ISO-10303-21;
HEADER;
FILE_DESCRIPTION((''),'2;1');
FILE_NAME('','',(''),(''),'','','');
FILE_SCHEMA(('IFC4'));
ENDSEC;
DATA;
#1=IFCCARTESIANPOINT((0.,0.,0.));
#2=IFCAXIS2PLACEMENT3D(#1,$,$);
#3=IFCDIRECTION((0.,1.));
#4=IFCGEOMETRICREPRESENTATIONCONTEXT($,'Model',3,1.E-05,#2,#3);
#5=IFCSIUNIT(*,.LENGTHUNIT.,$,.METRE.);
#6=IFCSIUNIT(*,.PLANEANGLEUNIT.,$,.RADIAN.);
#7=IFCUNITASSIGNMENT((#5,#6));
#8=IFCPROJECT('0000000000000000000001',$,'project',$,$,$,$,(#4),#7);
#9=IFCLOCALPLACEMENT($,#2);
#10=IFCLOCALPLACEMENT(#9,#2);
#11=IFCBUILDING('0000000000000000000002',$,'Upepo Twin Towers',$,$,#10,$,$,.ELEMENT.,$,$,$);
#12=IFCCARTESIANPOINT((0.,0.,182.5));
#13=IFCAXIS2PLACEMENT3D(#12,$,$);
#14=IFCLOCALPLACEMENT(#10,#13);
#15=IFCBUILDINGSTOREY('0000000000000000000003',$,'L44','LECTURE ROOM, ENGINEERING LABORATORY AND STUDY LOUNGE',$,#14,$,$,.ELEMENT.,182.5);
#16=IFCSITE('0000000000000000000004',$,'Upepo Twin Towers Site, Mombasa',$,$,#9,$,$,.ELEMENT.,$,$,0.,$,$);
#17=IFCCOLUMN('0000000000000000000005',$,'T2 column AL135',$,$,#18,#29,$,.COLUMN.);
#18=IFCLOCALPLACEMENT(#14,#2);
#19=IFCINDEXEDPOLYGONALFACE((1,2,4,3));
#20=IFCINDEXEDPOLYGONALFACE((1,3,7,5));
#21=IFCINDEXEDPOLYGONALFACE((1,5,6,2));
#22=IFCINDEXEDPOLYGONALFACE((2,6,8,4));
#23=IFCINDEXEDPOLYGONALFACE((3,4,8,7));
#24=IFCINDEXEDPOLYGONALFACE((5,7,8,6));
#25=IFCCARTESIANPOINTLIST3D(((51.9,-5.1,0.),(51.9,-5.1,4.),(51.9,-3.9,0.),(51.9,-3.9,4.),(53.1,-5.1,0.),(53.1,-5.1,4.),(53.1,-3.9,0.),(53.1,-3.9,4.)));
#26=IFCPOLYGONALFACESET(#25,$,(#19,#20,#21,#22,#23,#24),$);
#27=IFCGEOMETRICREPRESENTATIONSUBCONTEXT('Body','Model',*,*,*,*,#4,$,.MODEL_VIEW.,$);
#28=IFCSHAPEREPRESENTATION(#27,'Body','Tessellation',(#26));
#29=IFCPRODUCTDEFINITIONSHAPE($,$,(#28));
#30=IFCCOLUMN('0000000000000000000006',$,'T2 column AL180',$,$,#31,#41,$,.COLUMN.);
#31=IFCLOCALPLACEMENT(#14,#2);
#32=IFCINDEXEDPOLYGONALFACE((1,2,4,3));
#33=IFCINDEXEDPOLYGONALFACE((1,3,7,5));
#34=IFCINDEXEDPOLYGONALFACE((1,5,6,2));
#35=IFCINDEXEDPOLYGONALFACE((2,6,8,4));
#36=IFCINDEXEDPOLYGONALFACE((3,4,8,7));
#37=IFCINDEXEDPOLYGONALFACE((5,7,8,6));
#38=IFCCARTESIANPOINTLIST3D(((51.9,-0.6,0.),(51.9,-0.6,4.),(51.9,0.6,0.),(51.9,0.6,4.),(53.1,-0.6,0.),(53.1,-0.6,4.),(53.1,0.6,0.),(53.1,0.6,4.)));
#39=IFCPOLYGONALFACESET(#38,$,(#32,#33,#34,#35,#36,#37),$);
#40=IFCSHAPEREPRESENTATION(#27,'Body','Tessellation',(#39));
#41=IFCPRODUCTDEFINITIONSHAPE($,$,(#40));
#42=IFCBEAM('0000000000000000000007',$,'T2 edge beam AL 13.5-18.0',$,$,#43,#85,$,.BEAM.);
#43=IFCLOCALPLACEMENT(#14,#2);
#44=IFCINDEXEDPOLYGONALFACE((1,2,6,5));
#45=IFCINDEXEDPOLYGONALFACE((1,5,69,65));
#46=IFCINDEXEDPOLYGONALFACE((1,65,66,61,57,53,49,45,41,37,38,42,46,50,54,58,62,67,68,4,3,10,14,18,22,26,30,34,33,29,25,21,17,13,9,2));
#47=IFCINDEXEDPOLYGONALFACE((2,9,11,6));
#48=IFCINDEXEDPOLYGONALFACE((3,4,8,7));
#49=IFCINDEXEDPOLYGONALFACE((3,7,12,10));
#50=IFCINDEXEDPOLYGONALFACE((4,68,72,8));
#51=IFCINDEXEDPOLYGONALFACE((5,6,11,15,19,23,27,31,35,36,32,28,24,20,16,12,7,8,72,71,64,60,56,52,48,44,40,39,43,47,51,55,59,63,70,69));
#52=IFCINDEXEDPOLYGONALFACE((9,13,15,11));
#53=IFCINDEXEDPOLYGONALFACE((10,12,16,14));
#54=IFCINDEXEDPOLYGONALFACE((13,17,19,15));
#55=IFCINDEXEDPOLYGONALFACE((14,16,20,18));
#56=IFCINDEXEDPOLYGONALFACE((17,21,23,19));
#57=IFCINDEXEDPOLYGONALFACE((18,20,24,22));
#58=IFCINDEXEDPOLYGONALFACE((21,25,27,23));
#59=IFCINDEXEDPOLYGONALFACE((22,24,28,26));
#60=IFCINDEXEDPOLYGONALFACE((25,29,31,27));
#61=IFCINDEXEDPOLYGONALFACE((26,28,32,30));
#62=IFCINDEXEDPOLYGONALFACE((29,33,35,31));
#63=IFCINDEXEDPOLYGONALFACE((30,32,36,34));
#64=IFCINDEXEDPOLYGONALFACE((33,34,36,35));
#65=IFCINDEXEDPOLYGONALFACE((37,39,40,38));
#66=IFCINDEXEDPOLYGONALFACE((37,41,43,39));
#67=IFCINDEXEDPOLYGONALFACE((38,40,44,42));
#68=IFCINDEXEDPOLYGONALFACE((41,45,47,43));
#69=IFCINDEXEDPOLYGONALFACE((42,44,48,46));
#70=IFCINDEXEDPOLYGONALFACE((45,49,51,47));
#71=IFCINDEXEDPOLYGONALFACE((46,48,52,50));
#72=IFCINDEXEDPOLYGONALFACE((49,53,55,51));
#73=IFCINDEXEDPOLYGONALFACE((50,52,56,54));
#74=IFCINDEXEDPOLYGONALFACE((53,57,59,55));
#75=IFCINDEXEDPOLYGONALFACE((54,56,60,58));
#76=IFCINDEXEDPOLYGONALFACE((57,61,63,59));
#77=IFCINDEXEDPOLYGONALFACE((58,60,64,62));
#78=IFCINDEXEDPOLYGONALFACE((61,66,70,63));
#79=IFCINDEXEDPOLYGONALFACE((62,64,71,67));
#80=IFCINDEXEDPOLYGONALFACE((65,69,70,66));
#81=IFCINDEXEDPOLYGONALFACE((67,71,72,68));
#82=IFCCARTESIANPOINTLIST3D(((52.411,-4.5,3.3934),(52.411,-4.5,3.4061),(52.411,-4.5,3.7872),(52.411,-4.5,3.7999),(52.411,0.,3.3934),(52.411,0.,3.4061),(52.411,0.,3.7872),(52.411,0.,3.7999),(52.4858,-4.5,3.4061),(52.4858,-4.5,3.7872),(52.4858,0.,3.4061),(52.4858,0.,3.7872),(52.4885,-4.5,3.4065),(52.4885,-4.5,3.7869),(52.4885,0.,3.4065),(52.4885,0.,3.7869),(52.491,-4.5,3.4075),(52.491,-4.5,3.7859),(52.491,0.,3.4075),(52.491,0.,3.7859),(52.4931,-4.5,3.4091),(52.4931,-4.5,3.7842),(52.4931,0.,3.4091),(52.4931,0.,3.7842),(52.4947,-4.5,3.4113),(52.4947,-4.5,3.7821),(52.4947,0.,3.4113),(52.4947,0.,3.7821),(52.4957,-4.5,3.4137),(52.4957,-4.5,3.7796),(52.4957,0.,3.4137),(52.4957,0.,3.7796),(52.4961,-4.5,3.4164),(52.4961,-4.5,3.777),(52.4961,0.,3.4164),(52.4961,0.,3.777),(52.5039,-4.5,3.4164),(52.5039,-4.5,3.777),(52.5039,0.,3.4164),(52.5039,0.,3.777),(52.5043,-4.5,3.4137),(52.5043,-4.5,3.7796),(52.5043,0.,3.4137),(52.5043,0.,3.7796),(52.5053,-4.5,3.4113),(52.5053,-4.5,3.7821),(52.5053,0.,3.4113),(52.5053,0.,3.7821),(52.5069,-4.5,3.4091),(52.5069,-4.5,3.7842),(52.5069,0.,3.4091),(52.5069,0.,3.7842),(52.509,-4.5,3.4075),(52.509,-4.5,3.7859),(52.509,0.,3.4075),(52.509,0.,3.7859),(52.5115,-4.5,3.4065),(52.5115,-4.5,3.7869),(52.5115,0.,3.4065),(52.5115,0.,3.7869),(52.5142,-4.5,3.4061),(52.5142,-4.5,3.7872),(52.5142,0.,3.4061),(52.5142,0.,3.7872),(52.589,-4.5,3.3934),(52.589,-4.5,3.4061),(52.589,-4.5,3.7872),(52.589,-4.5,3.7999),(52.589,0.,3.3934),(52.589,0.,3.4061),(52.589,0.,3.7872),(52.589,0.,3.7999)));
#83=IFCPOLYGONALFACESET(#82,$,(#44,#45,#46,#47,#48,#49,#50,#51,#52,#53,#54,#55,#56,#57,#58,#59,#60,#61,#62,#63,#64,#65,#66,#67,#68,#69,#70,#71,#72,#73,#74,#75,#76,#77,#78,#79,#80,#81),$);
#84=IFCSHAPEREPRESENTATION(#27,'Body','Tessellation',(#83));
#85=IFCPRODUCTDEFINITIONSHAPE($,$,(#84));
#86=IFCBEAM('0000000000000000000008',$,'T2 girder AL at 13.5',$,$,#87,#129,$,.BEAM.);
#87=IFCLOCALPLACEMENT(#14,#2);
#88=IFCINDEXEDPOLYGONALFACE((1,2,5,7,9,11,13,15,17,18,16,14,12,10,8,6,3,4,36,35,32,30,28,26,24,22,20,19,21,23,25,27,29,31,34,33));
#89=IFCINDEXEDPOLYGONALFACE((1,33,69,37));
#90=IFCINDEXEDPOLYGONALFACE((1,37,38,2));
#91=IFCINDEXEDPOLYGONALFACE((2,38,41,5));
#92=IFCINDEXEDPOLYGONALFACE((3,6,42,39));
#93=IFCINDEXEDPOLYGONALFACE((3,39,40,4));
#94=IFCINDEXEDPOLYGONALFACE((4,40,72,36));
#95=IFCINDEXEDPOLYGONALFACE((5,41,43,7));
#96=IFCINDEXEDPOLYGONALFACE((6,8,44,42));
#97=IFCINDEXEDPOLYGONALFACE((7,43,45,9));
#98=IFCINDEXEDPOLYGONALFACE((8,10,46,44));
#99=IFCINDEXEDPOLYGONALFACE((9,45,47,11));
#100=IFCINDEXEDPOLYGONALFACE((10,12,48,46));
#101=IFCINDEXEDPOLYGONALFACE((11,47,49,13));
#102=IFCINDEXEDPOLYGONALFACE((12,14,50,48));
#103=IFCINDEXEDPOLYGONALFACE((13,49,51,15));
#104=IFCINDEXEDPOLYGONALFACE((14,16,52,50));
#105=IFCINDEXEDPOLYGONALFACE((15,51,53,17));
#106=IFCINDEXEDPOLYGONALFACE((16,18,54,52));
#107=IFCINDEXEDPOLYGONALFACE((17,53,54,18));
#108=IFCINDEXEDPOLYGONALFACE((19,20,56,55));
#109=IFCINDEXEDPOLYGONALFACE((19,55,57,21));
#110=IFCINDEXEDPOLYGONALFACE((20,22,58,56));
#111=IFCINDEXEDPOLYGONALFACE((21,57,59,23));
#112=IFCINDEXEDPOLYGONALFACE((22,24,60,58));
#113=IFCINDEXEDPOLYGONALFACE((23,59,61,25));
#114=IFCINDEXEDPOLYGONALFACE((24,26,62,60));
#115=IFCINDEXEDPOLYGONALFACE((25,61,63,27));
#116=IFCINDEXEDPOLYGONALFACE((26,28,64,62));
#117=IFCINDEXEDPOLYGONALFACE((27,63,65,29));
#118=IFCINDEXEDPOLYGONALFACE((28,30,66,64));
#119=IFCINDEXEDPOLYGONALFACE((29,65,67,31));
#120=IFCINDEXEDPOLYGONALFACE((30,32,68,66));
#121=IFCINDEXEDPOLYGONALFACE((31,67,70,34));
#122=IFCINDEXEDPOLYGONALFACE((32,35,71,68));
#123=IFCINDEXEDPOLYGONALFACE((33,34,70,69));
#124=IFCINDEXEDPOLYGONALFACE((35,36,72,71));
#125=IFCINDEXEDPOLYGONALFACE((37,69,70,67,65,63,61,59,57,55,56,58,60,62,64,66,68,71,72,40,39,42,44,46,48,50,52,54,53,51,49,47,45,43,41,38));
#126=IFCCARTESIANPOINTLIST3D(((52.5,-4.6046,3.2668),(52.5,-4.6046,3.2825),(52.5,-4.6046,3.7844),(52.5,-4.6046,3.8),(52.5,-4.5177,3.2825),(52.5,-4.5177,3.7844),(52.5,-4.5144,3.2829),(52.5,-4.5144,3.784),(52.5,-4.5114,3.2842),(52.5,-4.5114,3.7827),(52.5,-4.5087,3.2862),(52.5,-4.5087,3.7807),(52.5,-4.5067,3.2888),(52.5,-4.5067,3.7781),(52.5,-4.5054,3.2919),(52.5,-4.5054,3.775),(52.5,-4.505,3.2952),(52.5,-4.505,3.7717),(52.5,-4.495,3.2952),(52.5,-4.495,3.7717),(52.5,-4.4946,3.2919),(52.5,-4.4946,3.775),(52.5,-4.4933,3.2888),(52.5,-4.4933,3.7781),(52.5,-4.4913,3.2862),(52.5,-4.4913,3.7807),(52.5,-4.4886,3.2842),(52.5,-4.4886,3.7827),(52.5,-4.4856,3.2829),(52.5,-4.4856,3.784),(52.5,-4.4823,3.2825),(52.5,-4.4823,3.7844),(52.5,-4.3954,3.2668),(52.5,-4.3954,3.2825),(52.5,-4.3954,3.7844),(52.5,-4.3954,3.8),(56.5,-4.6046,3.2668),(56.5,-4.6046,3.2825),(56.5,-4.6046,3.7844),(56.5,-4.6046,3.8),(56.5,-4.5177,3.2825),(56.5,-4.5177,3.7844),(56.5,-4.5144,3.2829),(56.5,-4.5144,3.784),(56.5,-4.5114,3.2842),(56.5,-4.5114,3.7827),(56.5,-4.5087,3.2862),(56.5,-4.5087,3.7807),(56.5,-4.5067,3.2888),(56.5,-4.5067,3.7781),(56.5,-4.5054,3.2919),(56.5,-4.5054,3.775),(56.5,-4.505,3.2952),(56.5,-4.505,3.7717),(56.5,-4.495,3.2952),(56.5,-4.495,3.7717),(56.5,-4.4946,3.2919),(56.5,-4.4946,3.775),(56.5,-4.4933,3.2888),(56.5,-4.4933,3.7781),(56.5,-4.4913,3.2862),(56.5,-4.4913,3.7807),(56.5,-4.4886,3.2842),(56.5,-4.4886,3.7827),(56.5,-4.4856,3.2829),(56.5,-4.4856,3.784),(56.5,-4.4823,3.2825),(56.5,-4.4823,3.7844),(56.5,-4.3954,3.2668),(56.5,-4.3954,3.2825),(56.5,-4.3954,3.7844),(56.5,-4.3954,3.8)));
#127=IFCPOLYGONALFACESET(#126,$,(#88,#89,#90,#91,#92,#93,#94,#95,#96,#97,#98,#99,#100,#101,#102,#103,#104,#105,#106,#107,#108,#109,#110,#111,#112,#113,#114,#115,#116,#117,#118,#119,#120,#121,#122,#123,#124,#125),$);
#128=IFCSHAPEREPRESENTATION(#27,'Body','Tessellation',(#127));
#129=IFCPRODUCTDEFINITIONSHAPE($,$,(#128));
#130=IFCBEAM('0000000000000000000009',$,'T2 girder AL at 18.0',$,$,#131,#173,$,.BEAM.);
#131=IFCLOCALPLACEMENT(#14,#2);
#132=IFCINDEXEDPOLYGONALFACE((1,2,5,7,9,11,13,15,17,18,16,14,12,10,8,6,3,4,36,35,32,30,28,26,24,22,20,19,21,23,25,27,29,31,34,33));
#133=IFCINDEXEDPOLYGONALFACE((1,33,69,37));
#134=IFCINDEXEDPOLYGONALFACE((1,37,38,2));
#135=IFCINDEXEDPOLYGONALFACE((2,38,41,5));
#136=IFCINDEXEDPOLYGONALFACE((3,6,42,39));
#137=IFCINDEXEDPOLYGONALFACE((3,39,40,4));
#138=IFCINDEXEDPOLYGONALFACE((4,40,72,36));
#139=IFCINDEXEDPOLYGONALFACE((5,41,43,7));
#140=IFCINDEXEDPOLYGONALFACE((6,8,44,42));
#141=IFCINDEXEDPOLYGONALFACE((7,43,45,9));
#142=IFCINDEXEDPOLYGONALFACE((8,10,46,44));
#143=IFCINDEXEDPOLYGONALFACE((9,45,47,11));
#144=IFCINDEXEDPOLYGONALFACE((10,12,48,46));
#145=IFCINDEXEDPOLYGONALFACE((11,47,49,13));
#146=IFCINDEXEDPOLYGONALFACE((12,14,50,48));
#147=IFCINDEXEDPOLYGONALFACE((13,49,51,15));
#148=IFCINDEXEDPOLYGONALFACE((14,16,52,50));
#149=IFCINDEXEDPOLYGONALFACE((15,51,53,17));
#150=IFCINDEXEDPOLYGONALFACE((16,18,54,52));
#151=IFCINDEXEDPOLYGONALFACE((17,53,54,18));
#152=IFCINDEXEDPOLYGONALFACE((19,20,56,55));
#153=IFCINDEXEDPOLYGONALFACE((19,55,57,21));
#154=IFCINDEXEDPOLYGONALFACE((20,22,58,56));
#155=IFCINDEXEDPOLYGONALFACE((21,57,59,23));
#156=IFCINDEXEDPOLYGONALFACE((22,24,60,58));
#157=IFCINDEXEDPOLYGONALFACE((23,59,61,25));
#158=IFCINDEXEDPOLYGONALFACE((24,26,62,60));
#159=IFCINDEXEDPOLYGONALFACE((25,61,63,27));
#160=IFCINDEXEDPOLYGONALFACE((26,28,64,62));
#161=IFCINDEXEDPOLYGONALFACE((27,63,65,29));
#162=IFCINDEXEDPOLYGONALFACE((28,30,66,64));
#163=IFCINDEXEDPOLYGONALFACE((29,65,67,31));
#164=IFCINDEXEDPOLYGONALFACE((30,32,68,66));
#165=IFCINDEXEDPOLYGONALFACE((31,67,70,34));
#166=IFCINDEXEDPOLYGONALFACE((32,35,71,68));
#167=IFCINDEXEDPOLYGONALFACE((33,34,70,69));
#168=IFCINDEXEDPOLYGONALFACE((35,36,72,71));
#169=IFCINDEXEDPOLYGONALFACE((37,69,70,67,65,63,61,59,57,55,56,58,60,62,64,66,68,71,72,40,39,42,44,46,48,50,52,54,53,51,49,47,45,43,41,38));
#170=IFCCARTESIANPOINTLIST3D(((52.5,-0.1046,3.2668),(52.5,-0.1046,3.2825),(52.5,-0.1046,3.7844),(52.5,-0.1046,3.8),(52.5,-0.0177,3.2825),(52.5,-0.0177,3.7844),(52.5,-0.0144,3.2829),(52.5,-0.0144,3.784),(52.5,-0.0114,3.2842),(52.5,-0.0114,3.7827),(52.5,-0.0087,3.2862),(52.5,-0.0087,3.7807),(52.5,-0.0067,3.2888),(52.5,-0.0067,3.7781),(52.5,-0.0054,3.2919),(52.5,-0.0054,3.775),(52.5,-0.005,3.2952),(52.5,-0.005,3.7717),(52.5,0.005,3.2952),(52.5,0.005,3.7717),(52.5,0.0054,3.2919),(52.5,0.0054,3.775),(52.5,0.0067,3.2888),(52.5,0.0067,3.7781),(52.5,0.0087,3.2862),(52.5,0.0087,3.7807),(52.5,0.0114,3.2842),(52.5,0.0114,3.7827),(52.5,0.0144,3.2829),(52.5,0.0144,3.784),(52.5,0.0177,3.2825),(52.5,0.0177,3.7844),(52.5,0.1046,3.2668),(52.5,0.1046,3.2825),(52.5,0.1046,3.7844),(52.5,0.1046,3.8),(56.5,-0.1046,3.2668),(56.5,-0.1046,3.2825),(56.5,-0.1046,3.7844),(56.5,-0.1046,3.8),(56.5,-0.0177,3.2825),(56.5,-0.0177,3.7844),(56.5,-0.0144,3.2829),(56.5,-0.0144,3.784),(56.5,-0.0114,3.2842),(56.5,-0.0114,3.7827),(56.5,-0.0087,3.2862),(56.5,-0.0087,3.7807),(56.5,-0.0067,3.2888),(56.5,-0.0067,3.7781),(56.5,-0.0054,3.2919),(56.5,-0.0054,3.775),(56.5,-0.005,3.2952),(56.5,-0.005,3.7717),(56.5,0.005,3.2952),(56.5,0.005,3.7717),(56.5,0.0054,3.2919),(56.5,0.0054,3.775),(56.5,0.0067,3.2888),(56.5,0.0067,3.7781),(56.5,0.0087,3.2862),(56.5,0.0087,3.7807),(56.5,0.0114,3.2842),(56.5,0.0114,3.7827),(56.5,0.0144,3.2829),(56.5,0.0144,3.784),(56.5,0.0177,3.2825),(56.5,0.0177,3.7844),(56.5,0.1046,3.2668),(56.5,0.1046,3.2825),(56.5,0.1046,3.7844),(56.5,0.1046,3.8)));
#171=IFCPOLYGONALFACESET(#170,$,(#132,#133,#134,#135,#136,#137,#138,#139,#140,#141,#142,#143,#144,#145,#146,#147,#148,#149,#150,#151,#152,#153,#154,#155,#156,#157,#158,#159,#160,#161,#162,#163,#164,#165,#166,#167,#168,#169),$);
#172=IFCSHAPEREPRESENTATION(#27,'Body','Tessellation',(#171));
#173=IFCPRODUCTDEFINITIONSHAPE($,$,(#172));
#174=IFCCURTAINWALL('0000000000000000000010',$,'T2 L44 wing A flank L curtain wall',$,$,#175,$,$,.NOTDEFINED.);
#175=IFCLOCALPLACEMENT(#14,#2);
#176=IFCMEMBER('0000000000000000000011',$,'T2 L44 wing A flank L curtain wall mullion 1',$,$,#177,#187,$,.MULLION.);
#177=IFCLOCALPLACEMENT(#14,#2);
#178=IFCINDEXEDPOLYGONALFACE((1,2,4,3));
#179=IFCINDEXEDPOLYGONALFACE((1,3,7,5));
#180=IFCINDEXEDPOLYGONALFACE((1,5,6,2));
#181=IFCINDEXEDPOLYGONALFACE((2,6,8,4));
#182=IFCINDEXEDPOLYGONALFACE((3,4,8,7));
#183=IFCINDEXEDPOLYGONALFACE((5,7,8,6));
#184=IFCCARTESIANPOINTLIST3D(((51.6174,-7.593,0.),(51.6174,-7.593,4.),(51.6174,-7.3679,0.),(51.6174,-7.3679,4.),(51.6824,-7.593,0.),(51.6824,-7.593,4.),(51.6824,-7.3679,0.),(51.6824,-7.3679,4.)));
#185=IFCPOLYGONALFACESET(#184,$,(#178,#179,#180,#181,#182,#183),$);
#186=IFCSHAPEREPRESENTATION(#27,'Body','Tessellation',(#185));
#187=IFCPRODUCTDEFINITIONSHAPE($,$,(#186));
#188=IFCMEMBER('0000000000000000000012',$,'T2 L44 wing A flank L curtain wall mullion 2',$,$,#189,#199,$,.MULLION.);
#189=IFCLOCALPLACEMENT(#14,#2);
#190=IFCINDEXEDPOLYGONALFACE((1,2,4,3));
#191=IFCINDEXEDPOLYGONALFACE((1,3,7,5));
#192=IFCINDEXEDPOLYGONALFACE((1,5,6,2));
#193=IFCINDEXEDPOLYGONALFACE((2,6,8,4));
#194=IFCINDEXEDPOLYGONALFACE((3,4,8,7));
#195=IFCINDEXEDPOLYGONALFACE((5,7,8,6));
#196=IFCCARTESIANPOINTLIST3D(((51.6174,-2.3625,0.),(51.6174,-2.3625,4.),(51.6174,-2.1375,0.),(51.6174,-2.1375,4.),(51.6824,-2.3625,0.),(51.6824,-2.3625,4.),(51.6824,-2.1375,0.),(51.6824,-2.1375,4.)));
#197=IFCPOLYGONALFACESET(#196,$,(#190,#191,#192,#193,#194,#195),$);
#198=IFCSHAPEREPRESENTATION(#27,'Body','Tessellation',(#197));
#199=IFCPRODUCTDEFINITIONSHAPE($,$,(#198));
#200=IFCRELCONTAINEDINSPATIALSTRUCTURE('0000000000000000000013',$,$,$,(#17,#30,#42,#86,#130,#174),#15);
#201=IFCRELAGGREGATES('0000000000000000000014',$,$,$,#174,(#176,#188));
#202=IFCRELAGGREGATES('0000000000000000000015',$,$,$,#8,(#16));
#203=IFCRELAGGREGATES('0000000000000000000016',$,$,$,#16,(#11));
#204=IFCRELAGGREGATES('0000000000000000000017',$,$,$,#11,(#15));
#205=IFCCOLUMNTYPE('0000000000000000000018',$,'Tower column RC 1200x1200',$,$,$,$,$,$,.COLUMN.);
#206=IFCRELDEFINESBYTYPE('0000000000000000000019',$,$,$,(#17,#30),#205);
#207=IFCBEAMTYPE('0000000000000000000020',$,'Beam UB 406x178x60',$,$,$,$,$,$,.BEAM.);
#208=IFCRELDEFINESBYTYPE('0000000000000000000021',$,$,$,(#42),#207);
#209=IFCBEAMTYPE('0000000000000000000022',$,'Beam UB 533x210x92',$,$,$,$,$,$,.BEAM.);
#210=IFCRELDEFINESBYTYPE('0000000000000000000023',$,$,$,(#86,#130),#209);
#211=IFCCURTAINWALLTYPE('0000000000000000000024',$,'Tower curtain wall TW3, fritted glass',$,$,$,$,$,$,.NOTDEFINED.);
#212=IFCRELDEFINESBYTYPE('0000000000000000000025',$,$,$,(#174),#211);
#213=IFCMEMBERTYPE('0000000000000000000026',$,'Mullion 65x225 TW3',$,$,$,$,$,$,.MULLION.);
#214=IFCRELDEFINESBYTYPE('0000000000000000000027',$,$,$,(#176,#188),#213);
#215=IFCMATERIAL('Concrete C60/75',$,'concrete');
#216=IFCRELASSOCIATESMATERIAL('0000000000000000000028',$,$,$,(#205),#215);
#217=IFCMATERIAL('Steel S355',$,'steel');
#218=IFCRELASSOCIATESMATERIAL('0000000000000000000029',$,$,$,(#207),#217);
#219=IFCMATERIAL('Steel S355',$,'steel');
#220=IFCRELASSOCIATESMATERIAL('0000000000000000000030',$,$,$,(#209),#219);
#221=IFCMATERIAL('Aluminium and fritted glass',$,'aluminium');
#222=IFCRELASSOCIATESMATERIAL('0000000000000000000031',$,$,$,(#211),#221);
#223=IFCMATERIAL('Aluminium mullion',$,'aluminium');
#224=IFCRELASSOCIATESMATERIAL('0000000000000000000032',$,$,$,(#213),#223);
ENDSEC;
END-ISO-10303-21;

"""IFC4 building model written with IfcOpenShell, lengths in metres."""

from ifc_helpers import new_model, si_unit, direction, frame, origin, origin_2d, place, context, subcontext, project, spatial, rectangle, i_section, extrude, material, material_profile, profile_set, type_object, element, aggregate, save


model = new_model("IFC4")

# Units and contexts
model_context = context("Model", 3, precision=1e-05, world=origin(), true_north=direction((0.0, 1.0)))
body_context = subcontext(model_context, "Body", "Model", "MODEL_VIEW")
ifc_project = project(units=[si_unit("LENGTHUNIT", "METRE"), si_unit("PLANEANGLEUNIT", "RADIAN")], contexts=[model_context])

# Site, building, storey
site_placement = place(None, origin())
site = spatial("IfcSite", under=ifc_project, at=site_placement, Name="Upepo Twin Towers Site, Mombasa", CompositionType="ELEMENT", RefElevation=0.0)
building_placement = place(site_placement, origin())
building = spatial("IfcBuilding", under=site, at=building_placement, Name="Upepo Twin Towers", CompositionType="ELEMENT")
storey_placement = place(building_placement, frame((0.0, 0.0, 182.5)))
storey = spatial("IfcBuildingStorey", under=building, at=storey_placement, Name="L44", Description="LECTURE ROOM, ENGINEERING LABORATORY AND STUDY LOUNGE", CompositionType="ELEMENT", Elevation=182.5)

# Columns
ifc_material_1 = material(Name="Concrete C60/75", Category="concrete")
ifc_material_profile_1 = material_profile(ifc_material_1, rectangle(XDim=1.2, YDim=1.2, at=origin_2d()), Name="RC 1200x1200")
ifc_profile_set_1 = profile_set([ifc_material_profile_1], Name="Concrete C60/75")
column_type = type_object("IfcColumnType", Name="Tower column RC 1200x1200", PredefinedType="COLUMN", material=ifc_profile_set_1)
for number, where, z_axis, x_axis, name in (
    (1, (52.5, -4.5, 0.0), (0.0, 0.0, 1.0), (1.0, 0.0, 0.0), "T2 column AL135"),
    (2, (52.5, 0.0, 0.0), (0.0, 0.0, 1.0), (1.0, 0.0, 0.0), "T2 column AL180"),
):
    element("IfcColumn", number, at=place(storey_placement, frame(where, z_axis=z_axis, x_axis=x_axis)), inside=storey, type_object=column_type, Name=name, PredefinedType="COLUMN", context=body_context, shape_type="SweptSolid", body=[
        extrude(rectangle(XDim=1.2, YDim=1.2, at=origin_2d()), origin(), (0.0, 0.0, 1.0), 4.0),
    ])

# Beams
ifc_material_2 = material(Name="Steel S355", Category="steel")
ifc_material_profile_2 = material_profile(ifc_material_2, i_section(OverallWidth=0.178, OverallDepth=0.4065, WebThickness=0.0078, FlangeThickness=0.0127, FilletRadius=0.0103, at=origin_2d()), Name="UB 406x178x60")
ifc_profile_set_2 = profile_set([ifc_material_profile_2], Name="Steel S355")
beam_type_1 = type_object("IfcBeamType", Name="Beam UB 406x178x60", PredefinedType="BEAM", material=ifc_profile_set_2)
beam_placement = place(storey_placement, frame((52.5, -4.5, 3.5967), z_axis=(0.0, 1.0, 0.0), x_axis=(-1.0, 0.0, 0.0)))
element("IfcBeam", 3, at=beam_placement, inside=storey, type_object=beam_type_1, Name="T2 edge beam AL 13.5-18.0", PredefinedType="BEAM", context=body_context, shape_type="SweptSolid", body=[
    extrude(i_section(OverallWidth=0.178, OverallDepth=0.4065, WebThickness=0.0078, FlangeThickness=0.0127, FilletRadius=0.0103, at=origin_2d()), origin(), (0.0, 0.0, 1.0), 4.5),
])
ifc_material_3 = material(Name="Steel S355", Category="steel")
ifc_material_profile_3 = material_profile(ifc_material_3, i_section(OverallWidth=0.2092, OverallDepth=0.5332, WebThickness=0.01, FlangeThickness=0.0156, FilletRadius=0.0127, at=origin_2d()), Name="UB 533x210x92")
ifc_profile_set_3 = profile_set([ifc_material_profile_3], Name="Steel S355")
beam_type_2 = type_object("IfcBeamType", Name="Beam UB 533x210x92", PredefinedType="BEAM", material=ifc_profile_set_3)
for number, where, z_axis, x_axis, name in (
    (4, (52.5, -4.5, 3.5334), (1.0, 0.0, 0.0), (0.0, 1.0, 0.0), "T2 girder AL at 13.5"),
    (5, (52.5, 0.0, 3.5334), (1.0, 0.0, 0.0), (0.0, 1.0, 0.0), "T2 girder AL at 18.0"),
):
    element("IfcBeam", number, at=place(storey_placement, frame(where, z_axis=z_axis, x_axis=x_axis)), inside=storey, type_object=beam_type_2, Name=name, PredefinedType="BEAM", context=body_context, shape_type="SweptSolid", body=[
        extrude(i_section(OverallWidth=0.2092, OverallDepth=0.5332, WebThickness=0.01, FlangeThickness=0.0156, FilletRadius=0.0127, at=origin_2d()), origin(), (0.0, 0.0, 1.0), 4.0),
    ])

# Curtain wall, members
ifc_material_4 = material(Name="Aluminium and fritted glass", Category="aluminium")
curtain_wall_type = type_object("IfcCurtainWallType", Name="Tower curtain wall TW3, fritted glass", PredefinedType="NOTDEFINED", material=ifc_material_4)
curtain_wall_1_placement = place(storey_placement, origin())
curtain_wall_1 = element("IfcCurtainWall", 6, at=curtain_wall_1_placement, inside=storey, type_object=curtain_wall_type, Name="T2 L44 wing A flank L curtain wall", PredefinedType="NOTDEFINED")
ifc_material_5 = material(Name="Aluminium mullion", Category="aluminium")
ifc_material_profile_4 = material_profile(ifc_material_5, rectangle(XDim=0.0649, YDim=0.2251, at=origin_2d()), Name="MULLION 65x225")
ifc_profile_set_4 = profile_set([ifc_material_profile_4], Name="Aluminium mullion")
member_type_1 = type_object("IfcMemberType", Name="Mullion 65x225 TW3", PredefinedType="MULLION", material=ifc_profile_set_4)
member_1_placement = place(storey_placement, frame((51.6499, -7.4805, 0.0), z_axis=(0.0, 0.0, 1.0), x_axis=(-1.0, 0.0, 0.0)))
member_1 = element("IfcMember", 7, at=member_1_placement, type_object=member_type_1, Name="T2 L44 wing A flank L curtain wall mullion 1", PredefinedType="MULLION", context=body_context, shape_type="SweptSolid", body=[
    extrude(rectangle(XDim=0.0649, YDim=0.2251, at=origin_2d()), origin(), (0.0, 0.0, 1.0), 4.0),
])
member_2_placement = place(storey_placement, frame((51.6499, -2.25, 0.0), z_axis=(0.0, 0.0, 1.0), x_axis=(-1.0, 0.0, 0.0)))
member_2 = element("IfcMember", 8, at=member_2_placement, type_object=member_type_1, Name="T2 L44 wing A flank L curtain wall mullion 2", PredefinedType="MULLION", context=body_context, shape_type="SweptSolid", body=[
    extrude(rectangle(XDim=0.0649, YDim=0.2251, at=origin_2d()), origin(), (0.0, 0.0, 1.0), 4.0),
])

aggregate(curtain_wall_1, [member_1, member_2])

save(model, "model.ifc")
